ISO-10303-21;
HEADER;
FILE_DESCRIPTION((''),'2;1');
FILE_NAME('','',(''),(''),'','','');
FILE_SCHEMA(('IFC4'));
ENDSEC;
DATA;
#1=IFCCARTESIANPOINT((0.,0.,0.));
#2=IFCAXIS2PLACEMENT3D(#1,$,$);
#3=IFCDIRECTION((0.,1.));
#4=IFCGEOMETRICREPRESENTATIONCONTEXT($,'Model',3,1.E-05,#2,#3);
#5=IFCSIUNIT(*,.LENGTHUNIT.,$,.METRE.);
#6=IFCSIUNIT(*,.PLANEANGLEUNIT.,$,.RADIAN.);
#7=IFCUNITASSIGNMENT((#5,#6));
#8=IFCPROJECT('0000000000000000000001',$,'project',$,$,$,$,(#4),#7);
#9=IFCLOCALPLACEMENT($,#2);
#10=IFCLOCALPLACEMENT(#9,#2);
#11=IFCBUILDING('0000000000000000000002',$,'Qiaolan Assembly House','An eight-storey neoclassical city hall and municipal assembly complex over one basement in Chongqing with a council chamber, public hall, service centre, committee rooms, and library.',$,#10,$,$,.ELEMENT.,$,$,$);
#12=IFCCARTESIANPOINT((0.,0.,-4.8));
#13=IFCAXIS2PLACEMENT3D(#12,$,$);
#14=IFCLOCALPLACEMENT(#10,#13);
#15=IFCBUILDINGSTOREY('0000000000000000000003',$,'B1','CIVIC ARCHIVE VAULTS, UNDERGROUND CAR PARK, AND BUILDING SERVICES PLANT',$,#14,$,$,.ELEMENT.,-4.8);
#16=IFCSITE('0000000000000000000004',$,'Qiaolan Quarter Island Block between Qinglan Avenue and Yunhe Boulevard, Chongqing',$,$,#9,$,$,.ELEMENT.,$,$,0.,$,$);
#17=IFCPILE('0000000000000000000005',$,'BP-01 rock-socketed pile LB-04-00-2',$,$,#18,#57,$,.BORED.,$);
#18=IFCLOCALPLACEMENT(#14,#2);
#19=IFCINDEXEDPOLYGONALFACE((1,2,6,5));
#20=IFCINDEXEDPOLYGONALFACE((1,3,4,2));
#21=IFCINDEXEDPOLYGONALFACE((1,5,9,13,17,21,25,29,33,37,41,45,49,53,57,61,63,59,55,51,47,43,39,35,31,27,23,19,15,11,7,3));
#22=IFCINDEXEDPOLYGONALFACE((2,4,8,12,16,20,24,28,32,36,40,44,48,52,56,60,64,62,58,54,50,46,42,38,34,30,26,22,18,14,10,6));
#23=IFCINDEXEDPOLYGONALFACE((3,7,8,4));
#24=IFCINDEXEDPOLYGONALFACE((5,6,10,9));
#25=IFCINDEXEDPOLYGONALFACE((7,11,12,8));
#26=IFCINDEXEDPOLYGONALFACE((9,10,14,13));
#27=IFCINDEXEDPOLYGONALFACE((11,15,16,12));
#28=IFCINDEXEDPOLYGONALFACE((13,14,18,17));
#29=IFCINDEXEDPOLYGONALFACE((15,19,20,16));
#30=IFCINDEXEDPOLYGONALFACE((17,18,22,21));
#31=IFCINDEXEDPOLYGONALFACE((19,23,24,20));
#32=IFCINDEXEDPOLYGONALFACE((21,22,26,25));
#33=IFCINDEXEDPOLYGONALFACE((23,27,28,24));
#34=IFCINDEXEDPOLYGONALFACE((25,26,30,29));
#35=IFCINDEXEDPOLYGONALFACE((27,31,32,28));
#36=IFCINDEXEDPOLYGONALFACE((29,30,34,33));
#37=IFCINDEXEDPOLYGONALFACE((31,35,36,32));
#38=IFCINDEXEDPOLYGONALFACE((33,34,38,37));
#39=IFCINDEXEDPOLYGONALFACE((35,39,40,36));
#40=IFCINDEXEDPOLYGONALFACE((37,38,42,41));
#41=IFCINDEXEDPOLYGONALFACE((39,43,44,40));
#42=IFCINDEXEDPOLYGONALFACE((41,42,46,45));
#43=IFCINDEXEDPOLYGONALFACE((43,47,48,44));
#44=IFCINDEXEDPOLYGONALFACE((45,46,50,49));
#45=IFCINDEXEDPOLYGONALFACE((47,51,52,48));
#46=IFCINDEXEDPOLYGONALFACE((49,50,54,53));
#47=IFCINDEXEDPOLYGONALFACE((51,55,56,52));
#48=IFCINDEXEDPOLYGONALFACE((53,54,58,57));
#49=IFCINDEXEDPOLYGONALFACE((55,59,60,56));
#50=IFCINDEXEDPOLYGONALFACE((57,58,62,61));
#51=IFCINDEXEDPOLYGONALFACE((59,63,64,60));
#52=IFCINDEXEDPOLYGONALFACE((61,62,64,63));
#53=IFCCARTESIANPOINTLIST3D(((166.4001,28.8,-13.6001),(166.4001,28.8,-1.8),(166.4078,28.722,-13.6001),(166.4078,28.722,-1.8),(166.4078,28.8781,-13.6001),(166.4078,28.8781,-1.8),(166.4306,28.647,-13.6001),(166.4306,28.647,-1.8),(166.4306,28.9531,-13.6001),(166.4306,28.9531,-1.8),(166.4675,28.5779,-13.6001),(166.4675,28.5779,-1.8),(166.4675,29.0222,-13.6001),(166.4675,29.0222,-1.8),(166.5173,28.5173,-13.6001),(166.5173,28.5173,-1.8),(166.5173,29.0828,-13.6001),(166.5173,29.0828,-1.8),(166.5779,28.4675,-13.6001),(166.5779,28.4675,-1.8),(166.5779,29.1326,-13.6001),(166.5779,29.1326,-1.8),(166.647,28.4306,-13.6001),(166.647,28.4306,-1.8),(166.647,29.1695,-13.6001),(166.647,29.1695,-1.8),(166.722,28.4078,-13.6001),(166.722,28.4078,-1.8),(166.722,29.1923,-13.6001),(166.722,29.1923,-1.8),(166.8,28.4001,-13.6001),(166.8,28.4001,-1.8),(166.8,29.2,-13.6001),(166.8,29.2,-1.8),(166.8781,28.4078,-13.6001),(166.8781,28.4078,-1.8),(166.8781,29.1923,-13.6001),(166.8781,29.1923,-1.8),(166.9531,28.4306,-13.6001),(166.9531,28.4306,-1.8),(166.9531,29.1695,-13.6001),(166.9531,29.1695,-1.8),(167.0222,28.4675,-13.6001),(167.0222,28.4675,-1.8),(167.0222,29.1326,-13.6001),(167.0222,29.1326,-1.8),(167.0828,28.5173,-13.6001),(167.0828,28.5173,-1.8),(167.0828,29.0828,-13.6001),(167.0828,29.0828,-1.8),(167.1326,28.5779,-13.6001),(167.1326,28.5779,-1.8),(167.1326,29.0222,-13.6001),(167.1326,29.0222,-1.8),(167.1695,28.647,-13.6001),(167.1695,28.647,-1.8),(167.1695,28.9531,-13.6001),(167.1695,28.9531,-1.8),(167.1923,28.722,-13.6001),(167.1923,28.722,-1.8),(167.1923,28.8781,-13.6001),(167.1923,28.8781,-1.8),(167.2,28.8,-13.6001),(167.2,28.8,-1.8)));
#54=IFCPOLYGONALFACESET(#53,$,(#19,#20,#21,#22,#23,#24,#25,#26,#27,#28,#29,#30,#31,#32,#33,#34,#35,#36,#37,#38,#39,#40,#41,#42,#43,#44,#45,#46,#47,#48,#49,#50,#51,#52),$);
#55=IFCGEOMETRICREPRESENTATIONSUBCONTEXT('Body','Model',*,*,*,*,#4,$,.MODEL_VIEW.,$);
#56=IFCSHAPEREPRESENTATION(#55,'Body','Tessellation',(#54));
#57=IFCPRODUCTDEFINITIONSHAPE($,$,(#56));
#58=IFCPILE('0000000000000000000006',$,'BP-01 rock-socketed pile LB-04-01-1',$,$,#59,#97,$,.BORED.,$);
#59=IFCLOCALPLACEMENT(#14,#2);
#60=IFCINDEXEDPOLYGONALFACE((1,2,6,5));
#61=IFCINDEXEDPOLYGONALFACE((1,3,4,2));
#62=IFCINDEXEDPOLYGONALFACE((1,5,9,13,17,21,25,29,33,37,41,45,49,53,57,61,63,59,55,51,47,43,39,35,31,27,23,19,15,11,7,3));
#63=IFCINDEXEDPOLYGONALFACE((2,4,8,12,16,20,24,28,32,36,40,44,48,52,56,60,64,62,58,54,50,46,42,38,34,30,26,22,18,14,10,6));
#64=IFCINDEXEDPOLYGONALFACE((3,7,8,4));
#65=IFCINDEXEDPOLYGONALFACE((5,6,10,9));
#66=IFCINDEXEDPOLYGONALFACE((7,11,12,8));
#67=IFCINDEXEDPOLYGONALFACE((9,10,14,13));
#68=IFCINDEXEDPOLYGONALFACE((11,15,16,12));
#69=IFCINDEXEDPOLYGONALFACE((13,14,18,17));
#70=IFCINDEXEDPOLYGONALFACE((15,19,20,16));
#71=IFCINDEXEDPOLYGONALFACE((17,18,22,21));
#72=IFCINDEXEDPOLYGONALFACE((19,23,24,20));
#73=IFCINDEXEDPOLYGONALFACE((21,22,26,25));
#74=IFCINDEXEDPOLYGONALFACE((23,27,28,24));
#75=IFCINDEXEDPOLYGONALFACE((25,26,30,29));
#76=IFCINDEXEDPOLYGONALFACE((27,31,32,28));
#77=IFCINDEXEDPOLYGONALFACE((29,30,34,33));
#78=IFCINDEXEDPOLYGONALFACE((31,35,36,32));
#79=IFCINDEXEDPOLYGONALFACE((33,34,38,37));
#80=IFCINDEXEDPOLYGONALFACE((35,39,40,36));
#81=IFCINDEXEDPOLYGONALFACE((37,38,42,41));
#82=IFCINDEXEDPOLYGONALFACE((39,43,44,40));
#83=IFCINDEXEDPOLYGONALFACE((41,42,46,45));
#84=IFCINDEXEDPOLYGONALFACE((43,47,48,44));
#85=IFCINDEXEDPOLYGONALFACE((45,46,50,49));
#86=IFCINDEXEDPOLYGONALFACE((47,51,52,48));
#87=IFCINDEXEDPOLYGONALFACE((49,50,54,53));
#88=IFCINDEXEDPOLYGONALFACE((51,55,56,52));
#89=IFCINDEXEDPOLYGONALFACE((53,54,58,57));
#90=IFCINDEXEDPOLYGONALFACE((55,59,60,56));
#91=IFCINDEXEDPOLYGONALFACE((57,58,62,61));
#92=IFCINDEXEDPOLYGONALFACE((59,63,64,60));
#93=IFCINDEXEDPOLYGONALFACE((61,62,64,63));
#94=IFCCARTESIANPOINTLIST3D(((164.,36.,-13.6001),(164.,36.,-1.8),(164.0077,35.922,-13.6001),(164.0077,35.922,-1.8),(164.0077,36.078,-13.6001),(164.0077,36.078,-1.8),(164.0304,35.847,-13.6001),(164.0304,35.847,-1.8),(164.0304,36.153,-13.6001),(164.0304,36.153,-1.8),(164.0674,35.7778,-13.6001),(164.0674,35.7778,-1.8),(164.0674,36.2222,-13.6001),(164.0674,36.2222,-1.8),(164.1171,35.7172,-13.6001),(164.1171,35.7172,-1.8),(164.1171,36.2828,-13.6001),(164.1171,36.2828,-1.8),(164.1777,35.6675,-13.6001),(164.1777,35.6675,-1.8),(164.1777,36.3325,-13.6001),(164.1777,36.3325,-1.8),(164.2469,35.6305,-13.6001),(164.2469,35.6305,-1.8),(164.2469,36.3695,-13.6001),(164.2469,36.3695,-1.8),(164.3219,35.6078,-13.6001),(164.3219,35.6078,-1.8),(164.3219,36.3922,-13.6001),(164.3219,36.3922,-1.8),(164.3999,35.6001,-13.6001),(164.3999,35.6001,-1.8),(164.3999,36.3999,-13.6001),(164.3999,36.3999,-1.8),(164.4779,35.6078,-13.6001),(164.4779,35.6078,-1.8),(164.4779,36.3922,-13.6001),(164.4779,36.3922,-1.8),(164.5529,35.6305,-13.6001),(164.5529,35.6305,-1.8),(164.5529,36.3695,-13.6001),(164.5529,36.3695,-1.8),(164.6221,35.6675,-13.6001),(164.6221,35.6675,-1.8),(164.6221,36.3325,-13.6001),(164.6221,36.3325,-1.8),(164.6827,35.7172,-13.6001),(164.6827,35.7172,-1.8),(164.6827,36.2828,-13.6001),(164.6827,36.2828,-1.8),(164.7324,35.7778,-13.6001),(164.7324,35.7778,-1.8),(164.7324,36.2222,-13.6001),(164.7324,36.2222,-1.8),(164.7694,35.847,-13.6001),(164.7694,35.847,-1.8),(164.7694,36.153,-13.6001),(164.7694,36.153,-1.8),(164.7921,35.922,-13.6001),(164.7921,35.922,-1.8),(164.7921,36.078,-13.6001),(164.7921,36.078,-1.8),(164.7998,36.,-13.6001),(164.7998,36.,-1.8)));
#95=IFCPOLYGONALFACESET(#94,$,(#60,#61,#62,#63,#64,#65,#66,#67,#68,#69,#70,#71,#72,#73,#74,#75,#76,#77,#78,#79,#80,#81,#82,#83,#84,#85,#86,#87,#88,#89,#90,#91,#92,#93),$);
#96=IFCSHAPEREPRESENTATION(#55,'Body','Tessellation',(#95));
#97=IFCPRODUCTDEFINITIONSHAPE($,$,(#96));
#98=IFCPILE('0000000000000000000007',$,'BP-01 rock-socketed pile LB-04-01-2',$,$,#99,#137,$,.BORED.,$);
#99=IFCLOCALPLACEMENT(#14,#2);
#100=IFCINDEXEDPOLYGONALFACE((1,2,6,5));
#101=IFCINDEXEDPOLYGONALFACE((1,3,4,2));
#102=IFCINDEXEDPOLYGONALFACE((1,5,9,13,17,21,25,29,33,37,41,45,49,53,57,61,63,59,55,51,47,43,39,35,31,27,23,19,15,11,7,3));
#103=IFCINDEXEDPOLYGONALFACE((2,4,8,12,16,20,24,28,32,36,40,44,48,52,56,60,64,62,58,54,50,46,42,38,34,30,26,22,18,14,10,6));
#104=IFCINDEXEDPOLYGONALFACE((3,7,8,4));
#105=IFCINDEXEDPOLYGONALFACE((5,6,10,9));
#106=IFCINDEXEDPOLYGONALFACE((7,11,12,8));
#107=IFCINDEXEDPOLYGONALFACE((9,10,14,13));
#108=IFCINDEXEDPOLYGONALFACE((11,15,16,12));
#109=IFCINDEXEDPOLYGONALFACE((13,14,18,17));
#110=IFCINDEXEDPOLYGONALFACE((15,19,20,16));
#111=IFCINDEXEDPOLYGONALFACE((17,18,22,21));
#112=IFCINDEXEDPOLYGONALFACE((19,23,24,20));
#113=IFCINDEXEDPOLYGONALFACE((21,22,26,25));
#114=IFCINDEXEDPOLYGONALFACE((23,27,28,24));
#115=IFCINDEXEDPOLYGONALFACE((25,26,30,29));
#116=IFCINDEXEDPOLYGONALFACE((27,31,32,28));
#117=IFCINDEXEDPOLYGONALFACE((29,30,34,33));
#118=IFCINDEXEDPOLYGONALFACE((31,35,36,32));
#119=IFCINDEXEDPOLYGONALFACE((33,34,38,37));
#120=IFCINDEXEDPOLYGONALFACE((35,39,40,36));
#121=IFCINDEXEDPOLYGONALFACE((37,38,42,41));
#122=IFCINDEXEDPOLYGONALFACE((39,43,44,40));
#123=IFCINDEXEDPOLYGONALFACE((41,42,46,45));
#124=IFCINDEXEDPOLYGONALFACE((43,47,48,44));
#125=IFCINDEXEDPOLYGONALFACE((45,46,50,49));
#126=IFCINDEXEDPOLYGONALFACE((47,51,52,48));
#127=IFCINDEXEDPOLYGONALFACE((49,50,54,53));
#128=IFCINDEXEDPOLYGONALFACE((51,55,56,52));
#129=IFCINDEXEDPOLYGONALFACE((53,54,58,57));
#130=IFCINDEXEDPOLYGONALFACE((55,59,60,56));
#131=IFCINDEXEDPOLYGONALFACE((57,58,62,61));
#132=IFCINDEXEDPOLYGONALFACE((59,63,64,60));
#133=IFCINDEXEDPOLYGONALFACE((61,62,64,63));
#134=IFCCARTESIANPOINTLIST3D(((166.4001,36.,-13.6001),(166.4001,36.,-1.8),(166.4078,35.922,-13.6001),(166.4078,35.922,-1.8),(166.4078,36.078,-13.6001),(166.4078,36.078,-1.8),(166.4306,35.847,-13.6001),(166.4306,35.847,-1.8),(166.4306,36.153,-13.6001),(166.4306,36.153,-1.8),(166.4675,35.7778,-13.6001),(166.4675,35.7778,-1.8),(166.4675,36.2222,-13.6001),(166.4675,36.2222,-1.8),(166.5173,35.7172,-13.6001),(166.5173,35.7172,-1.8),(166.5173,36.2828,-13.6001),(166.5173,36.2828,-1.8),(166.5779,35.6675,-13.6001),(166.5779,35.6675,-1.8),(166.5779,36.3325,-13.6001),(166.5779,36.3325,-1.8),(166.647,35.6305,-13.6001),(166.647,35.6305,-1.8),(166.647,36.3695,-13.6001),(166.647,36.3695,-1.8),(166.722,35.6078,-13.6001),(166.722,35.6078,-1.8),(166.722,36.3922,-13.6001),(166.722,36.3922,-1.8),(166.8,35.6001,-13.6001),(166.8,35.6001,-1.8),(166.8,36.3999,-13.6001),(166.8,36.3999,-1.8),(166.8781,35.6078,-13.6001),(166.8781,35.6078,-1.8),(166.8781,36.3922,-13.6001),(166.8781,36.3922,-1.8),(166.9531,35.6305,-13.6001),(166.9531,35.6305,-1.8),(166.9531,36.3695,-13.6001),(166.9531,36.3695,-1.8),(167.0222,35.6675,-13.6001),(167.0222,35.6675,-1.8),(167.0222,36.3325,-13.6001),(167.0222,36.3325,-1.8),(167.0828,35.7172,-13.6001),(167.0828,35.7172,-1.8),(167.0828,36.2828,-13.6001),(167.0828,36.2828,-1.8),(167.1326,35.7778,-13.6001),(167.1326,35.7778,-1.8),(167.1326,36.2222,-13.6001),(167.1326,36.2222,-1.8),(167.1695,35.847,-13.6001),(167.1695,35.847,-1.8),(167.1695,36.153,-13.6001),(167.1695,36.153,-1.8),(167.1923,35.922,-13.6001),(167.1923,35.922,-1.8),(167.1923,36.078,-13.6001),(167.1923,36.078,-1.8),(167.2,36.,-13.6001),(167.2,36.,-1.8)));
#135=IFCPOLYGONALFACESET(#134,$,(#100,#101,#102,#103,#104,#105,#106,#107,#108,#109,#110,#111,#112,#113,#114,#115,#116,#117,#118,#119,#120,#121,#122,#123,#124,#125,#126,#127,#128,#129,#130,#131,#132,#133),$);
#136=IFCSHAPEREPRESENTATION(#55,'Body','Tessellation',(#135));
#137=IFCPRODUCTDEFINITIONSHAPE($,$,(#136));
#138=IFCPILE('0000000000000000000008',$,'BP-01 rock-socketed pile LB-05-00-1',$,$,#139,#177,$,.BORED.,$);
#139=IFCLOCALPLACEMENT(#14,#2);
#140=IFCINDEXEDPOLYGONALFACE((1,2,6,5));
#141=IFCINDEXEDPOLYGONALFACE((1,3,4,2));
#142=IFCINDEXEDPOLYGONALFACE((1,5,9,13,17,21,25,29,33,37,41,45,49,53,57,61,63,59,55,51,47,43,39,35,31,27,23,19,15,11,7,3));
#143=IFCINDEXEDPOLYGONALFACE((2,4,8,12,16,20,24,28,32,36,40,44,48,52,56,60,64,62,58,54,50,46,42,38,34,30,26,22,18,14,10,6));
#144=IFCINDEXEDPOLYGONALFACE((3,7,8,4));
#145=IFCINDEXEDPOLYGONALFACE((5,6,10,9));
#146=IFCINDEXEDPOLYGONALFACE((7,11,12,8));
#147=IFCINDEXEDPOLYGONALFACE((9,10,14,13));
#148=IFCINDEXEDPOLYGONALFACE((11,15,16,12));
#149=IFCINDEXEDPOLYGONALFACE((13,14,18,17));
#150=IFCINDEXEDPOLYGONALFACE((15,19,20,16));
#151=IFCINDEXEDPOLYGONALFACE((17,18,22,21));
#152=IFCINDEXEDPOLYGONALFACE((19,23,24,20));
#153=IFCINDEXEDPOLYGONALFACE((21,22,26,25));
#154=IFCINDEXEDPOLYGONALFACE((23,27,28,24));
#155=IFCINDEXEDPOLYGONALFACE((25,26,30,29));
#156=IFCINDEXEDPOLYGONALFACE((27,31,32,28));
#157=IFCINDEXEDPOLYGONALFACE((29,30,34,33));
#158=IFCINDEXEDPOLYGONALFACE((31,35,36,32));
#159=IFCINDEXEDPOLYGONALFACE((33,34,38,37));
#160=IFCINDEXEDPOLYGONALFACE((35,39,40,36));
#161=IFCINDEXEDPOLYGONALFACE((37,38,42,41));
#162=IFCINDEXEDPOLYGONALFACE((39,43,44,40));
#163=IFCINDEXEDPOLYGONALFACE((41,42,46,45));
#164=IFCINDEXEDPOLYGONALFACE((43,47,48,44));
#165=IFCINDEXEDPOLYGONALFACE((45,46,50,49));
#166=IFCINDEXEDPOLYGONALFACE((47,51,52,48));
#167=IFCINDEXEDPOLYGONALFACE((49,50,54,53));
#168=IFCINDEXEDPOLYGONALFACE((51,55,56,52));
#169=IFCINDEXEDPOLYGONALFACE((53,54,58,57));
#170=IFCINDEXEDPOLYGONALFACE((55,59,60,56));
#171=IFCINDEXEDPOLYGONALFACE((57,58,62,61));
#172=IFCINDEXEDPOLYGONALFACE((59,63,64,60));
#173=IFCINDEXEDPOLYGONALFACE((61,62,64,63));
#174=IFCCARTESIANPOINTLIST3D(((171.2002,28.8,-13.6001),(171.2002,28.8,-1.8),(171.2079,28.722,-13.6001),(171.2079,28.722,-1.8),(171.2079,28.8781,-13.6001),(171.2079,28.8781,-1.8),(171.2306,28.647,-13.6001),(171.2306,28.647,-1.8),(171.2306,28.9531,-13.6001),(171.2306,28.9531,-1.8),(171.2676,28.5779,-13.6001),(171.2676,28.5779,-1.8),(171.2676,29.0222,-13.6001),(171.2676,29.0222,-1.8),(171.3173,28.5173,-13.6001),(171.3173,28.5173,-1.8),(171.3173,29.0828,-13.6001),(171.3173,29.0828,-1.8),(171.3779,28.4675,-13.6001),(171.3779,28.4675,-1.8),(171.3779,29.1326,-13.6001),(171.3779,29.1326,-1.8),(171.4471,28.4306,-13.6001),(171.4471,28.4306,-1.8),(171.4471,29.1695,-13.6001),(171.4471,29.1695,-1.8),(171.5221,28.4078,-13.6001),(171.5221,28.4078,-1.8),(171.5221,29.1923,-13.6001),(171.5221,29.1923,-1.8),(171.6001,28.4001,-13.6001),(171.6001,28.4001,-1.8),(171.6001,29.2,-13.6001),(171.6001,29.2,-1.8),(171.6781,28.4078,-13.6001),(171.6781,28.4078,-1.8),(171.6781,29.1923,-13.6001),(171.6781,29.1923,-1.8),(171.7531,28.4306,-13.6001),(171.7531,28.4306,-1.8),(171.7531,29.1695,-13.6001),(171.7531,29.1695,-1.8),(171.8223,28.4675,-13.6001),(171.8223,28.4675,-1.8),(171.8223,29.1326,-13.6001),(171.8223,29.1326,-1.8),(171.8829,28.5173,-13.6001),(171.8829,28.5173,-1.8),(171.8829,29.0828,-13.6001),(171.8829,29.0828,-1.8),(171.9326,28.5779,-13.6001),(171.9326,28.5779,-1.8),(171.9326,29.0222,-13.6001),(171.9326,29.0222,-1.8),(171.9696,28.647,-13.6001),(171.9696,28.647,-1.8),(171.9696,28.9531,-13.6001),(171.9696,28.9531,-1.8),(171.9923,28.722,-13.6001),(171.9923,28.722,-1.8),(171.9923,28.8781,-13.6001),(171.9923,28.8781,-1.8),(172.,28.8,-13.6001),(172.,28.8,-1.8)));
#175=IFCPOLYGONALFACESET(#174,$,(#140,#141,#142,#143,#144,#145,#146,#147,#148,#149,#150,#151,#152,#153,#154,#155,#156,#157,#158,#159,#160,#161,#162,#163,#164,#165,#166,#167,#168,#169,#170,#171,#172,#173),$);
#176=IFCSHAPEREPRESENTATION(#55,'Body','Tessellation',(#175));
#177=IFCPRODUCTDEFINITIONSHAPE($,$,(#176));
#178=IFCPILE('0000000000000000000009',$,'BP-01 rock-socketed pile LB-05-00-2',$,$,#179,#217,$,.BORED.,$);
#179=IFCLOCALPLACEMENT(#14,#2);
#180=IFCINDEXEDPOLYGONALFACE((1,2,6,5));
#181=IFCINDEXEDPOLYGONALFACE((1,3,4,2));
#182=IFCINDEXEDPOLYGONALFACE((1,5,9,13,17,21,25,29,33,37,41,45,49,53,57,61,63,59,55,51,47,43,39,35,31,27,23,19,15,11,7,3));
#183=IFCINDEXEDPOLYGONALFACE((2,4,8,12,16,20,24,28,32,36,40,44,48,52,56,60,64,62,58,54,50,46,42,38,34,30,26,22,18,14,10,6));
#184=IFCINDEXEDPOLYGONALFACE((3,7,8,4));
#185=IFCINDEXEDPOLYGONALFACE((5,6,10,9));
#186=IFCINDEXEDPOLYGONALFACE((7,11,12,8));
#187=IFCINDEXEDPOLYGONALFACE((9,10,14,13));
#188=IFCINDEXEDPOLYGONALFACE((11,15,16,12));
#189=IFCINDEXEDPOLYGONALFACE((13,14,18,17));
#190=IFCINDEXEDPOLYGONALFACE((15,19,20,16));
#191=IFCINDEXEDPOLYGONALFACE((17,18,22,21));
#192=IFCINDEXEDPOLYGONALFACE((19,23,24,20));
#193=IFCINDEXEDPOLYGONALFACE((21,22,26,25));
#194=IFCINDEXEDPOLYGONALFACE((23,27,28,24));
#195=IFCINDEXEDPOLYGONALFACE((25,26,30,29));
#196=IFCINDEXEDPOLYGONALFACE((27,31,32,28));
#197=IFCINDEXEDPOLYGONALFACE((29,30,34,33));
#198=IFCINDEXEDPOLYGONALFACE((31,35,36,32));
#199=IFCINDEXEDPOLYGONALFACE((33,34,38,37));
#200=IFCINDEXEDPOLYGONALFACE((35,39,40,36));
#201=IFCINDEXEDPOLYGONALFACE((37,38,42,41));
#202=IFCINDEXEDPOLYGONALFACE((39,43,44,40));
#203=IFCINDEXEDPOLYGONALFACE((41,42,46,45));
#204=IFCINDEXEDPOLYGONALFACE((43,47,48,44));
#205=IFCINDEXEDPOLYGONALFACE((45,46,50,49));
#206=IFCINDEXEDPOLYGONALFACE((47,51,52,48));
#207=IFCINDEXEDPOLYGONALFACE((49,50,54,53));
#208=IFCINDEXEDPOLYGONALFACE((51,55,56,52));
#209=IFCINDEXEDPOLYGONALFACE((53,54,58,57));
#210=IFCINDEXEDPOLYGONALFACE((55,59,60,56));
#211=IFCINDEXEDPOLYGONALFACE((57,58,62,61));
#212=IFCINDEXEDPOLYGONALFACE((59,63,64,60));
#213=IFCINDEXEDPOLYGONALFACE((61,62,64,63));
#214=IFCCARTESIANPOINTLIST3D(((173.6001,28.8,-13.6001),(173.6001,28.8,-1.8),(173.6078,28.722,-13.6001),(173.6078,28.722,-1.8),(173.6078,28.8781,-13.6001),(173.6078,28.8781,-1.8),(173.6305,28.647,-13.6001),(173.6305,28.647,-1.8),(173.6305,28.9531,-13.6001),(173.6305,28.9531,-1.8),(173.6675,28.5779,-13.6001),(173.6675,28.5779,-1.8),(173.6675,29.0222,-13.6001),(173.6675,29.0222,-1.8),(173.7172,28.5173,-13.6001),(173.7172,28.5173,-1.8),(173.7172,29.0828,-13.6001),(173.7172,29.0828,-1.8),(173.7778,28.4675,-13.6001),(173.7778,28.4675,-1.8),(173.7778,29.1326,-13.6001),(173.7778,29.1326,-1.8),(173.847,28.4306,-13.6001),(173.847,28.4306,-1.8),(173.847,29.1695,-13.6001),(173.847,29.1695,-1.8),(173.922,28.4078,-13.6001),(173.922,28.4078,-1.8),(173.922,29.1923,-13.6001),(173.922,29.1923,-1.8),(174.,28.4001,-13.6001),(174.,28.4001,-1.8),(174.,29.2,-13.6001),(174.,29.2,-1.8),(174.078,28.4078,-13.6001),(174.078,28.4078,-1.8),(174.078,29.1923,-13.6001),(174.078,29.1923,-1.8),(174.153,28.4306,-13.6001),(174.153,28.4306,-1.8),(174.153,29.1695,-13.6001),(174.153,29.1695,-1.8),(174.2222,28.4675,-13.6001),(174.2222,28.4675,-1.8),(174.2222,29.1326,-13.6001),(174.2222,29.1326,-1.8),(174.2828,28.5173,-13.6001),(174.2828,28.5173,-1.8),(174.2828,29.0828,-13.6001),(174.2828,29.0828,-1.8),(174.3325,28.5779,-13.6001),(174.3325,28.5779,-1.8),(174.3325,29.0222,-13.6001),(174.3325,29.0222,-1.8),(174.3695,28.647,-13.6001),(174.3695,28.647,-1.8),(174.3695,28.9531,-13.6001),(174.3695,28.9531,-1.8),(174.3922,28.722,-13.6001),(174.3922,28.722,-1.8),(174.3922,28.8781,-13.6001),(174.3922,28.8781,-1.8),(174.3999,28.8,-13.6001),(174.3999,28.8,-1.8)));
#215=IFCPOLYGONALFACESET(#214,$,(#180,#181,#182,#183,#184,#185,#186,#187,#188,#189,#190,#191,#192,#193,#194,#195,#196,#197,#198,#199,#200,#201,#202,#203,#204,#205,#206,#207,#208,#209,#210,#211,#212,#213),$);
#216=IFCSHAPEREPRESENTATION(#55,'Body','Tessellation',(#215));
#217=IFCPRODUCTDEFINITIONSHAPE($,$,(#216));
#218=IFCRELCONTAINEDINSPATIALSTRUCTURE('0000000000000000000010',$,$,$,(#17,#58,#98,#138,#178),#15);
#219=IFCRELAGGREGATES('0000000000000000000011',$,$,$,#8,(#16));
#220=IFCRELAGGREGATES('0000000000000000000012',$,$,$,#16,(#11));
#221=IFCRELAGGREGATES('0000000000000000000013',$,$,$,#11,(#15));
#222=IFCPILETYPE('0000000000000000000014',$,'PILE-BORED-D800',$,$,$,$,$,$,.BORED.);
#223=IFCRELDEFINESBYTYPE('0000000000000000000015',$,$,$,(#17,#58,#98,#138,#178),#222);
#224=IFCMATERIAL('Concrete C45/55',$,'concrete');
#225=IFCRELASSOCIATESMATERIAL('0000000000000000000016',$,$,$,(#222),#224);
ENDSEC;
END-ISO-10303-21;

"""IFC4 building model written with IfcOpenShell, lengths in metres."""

from ifc_helpers import new_model, si_unit, direction, frame, origin, origin_2d, place, context, subcontext, project, spatial, circle, extrude, material, material_profile, profile_set, type_object, element, save


model = new_model("IFC4")

# Units and contexts
model_context = context("Model", 3, precision=1e-05, world=origin(), true_north=direction((0.0, 1.0)))
body_context = subcontext(model_context, "Body", "Model", "MODEL_VIEW")
ifc_project = project(units=[si_unit("LENGTHUNIT", "METRE"), si_unit("PLANEANGLEUNIT", "RADIAN")], contexts=[model_context])

# Site, building, storey
site_placement = place(None, origin())
site = spatial("IfcSite", under=ifc_project, at=site_placement, Name="Qiaolan Quarter Island Block between Qinglan Avenue and Yunhe Boulevard, Chongqing", CompositionType="ELEMENT", RefElevation=0.0)
building_placement = place(site_placement, origin())
building = spatial("IfcBuilding", under=site, at=building_placement, Name="Qiaolan Assembly House", Description="An eight-storey neoclassical city hall and municipal assembly complex over one basement in Chongqing with a council chamber, public hall, service centre, committee rooms, and library.", CompositionType="ELEMENT")
storey_placement = place(building_placement, frame((0.0, 0.0, -4.8)))
storey = spatial("IfcBuildingStorey", under=building, at=storey_placement, Name="B1", Description="CIVIC ARCHIVE VAULTS, UNDERGROUND CAR PARK, AND BUILDING SERVICES PLANT", CompositionType="ELEMENT", Elevation=-4.8)

# Piles
ifc_material_1 = material(Name="Concrete C45/55", Category="concrete")
ifc_material_profile_1 = material_profile(ifc_material_1, circle(Radius=0.3999, at=origin_2d()), Name="PILE D800")
ifc_profile_set_1 = profile_set([ifc_material_profile_1], Name="Concrete C45/55")
pile_type = type_object("IfcPileType", Name="PILE-BORED-D800", PredefinedType="BORED", material=ifc_profile_set_1)
for number, where, z_axis, x_axis, name in (
    (1, (166.8, 28.8, -1.8), (0.0, 0.0, -1.0), (1.0, 0.0, 0.0), "BP-01 rock-socketed pile LB-04-00-2"),
    (2, (164.3999, 36.0, -1.8), (0.0, 0.0, -1.0), (1.0, 0.0, 0.0), "BP-01 rock-socketed pile LB-04-01-1"),
    (3, (166.8, 36.0, -1.8), (0.0, 0.0, -1.0), (1.0, 0.0, 0.0), "BP-01 rock-socketed pile LB-04-01-2"),
    (4, (171.6001, 28.8, -1.8), (0.0, 0.0, -1.0), (1.0, 0.0, 0.0), "BP-01 rock-socketed pile LB-05-00-1"),
    (5, (174.0, 28.8, -1.8), (0.0, 0.0, -1.0), (1.0, 0.0, 0.0), "BP-01 rock-socketed pile LB-05-00-2"),
):
    element("IfcPile", number, at=place(storey_placement, frame(where, z_axis=z_axis, x_axis=x_axis)), inside=storey, type_object=pile_type, Name=name, PredefinedType="BORED", context=body_context, shape_type="SweptSolid", body=[
        extrude(circle(Radius=0.3999, at=origin_2d()), origin(), (0.0, 0.0, 1.0), 11.8),
    ])

save(model, "model.ifc")
